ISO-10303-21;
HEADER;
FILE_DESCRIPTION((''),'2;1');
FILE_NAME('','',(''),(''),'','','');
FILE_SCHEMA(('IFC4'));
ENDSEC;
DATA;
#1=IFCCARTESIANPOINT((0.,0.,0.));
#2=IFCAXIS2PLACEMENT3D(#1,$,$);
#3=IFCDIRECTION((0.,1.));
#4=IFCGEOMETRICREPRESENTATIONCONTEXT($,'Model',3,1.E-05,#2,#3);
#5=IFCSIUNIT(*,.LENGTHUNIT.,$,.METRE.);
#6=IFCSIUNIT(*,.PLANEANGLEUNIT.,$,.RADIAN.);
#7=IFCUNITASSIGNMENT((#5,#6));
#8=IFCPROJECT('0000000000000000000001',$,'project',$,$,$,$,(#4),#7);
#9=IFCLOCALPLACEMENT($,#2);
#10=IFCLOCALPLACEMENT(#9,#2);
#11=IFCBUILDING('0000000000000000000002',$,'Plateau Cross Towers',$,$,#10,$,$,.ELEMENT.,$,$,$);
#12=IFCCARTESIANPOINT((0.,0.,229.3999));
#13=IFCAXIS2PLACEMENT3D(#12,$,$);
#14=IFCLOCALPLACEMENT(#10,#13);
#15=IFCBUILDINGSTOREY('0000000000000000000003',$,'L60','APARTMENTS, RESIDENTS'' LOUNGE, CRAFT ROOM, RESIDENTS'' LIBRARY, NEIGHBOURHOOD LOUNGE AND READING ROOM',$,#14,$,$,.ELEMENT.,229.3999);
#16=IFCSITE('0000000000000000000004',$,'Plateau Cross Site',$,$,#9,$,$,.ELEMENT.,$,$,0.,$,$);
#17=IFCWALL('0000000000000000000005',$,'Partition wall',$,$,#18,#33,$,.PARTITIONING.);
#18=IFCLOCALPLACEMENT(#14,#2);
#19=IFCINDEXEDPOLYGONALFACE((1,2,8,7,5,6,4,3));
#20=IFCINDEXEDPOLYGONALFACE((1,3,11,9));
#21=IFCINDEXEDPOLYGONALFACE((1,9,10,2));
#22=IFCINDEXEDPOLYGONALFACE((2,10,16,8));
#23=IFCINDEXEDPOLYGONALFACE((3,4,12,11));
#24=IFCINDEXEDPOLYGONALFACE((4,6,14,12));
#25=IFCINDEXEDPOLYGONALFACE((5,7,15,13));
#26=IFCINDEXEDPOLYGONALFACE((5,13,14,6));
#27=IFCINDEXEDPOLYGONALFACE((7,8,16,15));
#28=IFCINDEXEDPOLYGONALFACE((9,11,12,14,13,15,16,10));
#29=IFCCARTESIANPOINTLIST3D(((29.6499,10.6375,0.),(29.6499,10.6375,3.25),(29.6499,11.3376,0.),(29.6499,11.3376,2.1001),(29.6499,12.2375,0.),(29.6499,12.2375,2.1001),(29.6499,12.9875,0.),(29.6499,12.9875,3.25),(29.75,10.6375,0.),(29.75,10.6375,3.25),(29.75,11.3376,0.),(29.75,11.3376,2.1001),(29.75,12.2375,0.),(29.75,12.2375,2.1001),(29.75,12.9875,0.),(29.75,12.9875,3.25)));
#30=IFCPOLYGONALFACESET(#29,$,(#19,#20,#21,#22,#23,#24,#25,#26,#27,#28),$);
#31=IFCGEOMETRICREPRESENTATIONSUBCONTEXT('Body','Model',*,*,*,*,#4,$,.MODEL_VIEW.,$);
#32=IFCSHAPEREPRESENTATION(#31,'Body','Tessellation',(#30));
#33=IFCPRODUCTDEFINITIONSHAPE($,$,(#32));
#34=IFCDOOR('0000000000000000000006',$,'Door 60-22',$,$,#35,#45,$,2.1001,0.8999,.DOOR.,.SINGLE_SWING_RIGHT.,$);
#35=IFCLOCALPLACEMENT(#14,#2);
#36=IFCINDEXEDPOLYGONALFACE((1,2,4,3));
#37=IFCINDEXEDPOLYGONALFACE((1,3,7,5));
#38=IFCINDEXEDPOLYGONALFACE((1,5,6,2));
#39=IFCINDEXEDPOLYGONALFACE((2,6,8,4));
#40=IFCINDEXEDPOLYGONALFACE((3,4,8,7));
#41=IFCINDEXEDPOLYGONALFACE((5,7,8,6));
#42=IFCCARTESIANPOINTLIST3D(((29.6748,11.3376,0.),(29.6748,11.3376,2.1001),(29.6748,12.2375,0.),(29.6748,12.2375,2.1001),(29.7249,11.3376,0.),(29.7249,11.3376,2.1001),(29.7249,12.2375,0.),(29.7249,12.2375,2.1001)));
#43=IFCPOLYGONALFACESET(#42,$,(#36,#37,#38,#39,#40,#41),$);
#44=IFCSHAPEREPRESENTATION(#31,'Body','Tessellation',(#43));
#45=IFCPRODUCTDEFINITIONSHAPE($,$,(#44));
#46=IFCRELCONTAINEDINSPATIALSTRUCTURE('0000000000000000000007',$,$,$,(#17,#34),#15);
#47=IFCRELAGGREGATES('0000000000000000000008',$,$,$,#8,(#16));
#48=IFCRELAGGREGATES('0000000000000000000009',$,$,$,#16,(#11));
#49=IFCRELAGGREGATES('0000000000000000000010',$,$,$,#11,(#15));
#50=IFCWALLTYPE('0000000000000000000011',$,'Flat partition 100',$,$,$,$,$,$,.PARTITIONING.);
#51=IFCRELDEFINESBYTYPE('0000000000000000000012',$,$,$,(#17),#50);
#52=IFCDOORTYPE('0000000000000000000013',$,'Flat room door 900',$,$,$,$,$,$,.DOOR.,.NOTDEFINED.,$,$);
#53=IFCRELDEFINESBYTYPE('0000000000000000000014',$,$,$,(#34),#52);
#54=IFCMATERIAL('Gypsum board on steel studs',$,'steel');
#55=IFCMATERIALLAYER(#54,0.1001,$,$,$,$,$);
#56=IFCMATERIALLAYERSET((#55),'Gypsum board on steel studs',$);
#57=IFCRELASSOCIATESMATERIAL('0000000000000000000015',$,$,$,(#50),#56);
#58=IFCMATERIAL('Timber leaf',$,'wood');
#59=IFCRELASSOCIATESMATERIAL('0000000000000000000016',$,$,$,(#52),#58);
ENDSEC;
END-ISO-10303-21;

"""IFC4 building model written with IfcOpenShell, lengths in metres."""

from ifc_helpers import new_model, si_unit, direction, frame, frame_2d, origin, place, context, subcontext, project, spatial, rectangle, extrude, material, layer, layer_set, type_object, element, fill, save


model = new_model("IFC4")

# Units and contexts
model_context = context("Model", 3, precision=1e-05, world=origin(), true_north=direction((0.0, 1.0)))
body_context = subcontext(model_context, "Body", "Model", "MODEL_VIEW")
ifc_project = project(units=[si_unit("LENGTHUNIT", "METRE"), si_unit("PLANEANGLEUNIT", "RADIAN")], contexts=[model_context])

# Site, building, storey
site_placement = place(None, origin())
site = spatial("IfcSite", under=ifc_project, at=site_placement, Name="Plateau Cross Site", CompositionType="ELEMENT", RefElevation=0.0)
building_placement = place(site_placement, origin())
building = spatial("IfcBuilding", under=site, at=building_placement, Name="Plateau Cross Towers", CompositionType="ELEMENT")
storey_placement = place(building_placement, frame((0.0, 0.0, 229.3999)))
storey = spatial("IfcBuildingStorey", under=building, at=storey_placement, Name="L60", Description="APARTMENTS, RESIDENTS' LOUNGE, CRAFT ROOM, RESIDENTS' LIBRARY, NEIGHBOURHOOD LOUNGE AND READING ROOM", CompositionType="ELEMENT", Elevation=229.3999)

# Shared definitions
ifc_material_1 = material(Name="Gypsum board on steel studs", Category="steel")
ifc_layer_1 = layer(ifc_material_1, 0.1001)
ifc_layer_set_1 = layer_set([ifc_layer_1], Name="Gypsum board on steel studs")
wall_type_1 = type_object("IfcWallType", Name="Flat partition 100", PredefinedType="PARTITIONING", material=ifc_layer_set_1)

# Wall, opening, door
ifc_material_2 = material(Name="Timber leaf", Category="wood")
door_type_1 = type_object("IfcDoorType", Name="Flat room door 900", OperationType="NOTDEFINED", PredefinedType="DOOR", material=ifc_material_2)
wall_1_placement = place(storey_placement, frame((29.7, 12.9875, 0.0), z_axis=(0.0, 0.0, 1.0), x_axis=(0.0, -1.0, 0.0)))
wall_1 = element("IfcWall", 1, at=wall_1_placement, inside=storey, type_object=wall_type_1, Name="Partition wall", PredefinedType="PARTITIONING", context=body_context, shape_type="SweptSolid", body=[
    extrude(rectangle(XDim=2.3501, YDim=0.1001, at=frame_2d((1.175, 0.0))), origin(), (0.0, 0.0, 1.0), 3.25),
])
opening_1_placement = place(wall_1_placement, frame((0.75, 0.0, 0.0)))
opening_1 = element("IfcOpeningElement", 2, at=opening_1_placement, cuts=wall_1, PredefinedType="OPENING", context=body_context, shape_type="SweptSolid", body=[
    extrude(rectangle(XDim=0.8999, YDim=2.1001, at=frame_2d((0.45, 1.05))), frame((0.0, 0.0601, 0.0), z_axis=(0.0, -1.0, 0.0), x_axis=(1.0, 0.0, 0.0)), (0.0, 0.0, 1.0), 0.1201),
])
door_1_placement = place(opening_1_placement, origin())
door_1 = element("IfcDoor", 3, at=door_1_placement, inside=storey, type_object=door_type_1, Name="Door 60-22", OperationType="SINGLE_SWING_RIGHT", OverallHeight=2.1001, OverallWidth=0.8999, PredefinedType="DOOR", context=body_context, shape_type="SweptSolid", body=[
    extrude(rectangle(XDim=0.8999, YDim=2.1001, at=frame_2d((0.45, 1.05))), frame((0.0, 0.0249, 0.0), z_axis=(0.0, -1.0, 0.0), x_axis=(1.0, 0.0, 0.0)), (0.0, 0.0, 1.0), 0.05),
])
fill(opening_1, door_1)

save(model, "model.ifc")
